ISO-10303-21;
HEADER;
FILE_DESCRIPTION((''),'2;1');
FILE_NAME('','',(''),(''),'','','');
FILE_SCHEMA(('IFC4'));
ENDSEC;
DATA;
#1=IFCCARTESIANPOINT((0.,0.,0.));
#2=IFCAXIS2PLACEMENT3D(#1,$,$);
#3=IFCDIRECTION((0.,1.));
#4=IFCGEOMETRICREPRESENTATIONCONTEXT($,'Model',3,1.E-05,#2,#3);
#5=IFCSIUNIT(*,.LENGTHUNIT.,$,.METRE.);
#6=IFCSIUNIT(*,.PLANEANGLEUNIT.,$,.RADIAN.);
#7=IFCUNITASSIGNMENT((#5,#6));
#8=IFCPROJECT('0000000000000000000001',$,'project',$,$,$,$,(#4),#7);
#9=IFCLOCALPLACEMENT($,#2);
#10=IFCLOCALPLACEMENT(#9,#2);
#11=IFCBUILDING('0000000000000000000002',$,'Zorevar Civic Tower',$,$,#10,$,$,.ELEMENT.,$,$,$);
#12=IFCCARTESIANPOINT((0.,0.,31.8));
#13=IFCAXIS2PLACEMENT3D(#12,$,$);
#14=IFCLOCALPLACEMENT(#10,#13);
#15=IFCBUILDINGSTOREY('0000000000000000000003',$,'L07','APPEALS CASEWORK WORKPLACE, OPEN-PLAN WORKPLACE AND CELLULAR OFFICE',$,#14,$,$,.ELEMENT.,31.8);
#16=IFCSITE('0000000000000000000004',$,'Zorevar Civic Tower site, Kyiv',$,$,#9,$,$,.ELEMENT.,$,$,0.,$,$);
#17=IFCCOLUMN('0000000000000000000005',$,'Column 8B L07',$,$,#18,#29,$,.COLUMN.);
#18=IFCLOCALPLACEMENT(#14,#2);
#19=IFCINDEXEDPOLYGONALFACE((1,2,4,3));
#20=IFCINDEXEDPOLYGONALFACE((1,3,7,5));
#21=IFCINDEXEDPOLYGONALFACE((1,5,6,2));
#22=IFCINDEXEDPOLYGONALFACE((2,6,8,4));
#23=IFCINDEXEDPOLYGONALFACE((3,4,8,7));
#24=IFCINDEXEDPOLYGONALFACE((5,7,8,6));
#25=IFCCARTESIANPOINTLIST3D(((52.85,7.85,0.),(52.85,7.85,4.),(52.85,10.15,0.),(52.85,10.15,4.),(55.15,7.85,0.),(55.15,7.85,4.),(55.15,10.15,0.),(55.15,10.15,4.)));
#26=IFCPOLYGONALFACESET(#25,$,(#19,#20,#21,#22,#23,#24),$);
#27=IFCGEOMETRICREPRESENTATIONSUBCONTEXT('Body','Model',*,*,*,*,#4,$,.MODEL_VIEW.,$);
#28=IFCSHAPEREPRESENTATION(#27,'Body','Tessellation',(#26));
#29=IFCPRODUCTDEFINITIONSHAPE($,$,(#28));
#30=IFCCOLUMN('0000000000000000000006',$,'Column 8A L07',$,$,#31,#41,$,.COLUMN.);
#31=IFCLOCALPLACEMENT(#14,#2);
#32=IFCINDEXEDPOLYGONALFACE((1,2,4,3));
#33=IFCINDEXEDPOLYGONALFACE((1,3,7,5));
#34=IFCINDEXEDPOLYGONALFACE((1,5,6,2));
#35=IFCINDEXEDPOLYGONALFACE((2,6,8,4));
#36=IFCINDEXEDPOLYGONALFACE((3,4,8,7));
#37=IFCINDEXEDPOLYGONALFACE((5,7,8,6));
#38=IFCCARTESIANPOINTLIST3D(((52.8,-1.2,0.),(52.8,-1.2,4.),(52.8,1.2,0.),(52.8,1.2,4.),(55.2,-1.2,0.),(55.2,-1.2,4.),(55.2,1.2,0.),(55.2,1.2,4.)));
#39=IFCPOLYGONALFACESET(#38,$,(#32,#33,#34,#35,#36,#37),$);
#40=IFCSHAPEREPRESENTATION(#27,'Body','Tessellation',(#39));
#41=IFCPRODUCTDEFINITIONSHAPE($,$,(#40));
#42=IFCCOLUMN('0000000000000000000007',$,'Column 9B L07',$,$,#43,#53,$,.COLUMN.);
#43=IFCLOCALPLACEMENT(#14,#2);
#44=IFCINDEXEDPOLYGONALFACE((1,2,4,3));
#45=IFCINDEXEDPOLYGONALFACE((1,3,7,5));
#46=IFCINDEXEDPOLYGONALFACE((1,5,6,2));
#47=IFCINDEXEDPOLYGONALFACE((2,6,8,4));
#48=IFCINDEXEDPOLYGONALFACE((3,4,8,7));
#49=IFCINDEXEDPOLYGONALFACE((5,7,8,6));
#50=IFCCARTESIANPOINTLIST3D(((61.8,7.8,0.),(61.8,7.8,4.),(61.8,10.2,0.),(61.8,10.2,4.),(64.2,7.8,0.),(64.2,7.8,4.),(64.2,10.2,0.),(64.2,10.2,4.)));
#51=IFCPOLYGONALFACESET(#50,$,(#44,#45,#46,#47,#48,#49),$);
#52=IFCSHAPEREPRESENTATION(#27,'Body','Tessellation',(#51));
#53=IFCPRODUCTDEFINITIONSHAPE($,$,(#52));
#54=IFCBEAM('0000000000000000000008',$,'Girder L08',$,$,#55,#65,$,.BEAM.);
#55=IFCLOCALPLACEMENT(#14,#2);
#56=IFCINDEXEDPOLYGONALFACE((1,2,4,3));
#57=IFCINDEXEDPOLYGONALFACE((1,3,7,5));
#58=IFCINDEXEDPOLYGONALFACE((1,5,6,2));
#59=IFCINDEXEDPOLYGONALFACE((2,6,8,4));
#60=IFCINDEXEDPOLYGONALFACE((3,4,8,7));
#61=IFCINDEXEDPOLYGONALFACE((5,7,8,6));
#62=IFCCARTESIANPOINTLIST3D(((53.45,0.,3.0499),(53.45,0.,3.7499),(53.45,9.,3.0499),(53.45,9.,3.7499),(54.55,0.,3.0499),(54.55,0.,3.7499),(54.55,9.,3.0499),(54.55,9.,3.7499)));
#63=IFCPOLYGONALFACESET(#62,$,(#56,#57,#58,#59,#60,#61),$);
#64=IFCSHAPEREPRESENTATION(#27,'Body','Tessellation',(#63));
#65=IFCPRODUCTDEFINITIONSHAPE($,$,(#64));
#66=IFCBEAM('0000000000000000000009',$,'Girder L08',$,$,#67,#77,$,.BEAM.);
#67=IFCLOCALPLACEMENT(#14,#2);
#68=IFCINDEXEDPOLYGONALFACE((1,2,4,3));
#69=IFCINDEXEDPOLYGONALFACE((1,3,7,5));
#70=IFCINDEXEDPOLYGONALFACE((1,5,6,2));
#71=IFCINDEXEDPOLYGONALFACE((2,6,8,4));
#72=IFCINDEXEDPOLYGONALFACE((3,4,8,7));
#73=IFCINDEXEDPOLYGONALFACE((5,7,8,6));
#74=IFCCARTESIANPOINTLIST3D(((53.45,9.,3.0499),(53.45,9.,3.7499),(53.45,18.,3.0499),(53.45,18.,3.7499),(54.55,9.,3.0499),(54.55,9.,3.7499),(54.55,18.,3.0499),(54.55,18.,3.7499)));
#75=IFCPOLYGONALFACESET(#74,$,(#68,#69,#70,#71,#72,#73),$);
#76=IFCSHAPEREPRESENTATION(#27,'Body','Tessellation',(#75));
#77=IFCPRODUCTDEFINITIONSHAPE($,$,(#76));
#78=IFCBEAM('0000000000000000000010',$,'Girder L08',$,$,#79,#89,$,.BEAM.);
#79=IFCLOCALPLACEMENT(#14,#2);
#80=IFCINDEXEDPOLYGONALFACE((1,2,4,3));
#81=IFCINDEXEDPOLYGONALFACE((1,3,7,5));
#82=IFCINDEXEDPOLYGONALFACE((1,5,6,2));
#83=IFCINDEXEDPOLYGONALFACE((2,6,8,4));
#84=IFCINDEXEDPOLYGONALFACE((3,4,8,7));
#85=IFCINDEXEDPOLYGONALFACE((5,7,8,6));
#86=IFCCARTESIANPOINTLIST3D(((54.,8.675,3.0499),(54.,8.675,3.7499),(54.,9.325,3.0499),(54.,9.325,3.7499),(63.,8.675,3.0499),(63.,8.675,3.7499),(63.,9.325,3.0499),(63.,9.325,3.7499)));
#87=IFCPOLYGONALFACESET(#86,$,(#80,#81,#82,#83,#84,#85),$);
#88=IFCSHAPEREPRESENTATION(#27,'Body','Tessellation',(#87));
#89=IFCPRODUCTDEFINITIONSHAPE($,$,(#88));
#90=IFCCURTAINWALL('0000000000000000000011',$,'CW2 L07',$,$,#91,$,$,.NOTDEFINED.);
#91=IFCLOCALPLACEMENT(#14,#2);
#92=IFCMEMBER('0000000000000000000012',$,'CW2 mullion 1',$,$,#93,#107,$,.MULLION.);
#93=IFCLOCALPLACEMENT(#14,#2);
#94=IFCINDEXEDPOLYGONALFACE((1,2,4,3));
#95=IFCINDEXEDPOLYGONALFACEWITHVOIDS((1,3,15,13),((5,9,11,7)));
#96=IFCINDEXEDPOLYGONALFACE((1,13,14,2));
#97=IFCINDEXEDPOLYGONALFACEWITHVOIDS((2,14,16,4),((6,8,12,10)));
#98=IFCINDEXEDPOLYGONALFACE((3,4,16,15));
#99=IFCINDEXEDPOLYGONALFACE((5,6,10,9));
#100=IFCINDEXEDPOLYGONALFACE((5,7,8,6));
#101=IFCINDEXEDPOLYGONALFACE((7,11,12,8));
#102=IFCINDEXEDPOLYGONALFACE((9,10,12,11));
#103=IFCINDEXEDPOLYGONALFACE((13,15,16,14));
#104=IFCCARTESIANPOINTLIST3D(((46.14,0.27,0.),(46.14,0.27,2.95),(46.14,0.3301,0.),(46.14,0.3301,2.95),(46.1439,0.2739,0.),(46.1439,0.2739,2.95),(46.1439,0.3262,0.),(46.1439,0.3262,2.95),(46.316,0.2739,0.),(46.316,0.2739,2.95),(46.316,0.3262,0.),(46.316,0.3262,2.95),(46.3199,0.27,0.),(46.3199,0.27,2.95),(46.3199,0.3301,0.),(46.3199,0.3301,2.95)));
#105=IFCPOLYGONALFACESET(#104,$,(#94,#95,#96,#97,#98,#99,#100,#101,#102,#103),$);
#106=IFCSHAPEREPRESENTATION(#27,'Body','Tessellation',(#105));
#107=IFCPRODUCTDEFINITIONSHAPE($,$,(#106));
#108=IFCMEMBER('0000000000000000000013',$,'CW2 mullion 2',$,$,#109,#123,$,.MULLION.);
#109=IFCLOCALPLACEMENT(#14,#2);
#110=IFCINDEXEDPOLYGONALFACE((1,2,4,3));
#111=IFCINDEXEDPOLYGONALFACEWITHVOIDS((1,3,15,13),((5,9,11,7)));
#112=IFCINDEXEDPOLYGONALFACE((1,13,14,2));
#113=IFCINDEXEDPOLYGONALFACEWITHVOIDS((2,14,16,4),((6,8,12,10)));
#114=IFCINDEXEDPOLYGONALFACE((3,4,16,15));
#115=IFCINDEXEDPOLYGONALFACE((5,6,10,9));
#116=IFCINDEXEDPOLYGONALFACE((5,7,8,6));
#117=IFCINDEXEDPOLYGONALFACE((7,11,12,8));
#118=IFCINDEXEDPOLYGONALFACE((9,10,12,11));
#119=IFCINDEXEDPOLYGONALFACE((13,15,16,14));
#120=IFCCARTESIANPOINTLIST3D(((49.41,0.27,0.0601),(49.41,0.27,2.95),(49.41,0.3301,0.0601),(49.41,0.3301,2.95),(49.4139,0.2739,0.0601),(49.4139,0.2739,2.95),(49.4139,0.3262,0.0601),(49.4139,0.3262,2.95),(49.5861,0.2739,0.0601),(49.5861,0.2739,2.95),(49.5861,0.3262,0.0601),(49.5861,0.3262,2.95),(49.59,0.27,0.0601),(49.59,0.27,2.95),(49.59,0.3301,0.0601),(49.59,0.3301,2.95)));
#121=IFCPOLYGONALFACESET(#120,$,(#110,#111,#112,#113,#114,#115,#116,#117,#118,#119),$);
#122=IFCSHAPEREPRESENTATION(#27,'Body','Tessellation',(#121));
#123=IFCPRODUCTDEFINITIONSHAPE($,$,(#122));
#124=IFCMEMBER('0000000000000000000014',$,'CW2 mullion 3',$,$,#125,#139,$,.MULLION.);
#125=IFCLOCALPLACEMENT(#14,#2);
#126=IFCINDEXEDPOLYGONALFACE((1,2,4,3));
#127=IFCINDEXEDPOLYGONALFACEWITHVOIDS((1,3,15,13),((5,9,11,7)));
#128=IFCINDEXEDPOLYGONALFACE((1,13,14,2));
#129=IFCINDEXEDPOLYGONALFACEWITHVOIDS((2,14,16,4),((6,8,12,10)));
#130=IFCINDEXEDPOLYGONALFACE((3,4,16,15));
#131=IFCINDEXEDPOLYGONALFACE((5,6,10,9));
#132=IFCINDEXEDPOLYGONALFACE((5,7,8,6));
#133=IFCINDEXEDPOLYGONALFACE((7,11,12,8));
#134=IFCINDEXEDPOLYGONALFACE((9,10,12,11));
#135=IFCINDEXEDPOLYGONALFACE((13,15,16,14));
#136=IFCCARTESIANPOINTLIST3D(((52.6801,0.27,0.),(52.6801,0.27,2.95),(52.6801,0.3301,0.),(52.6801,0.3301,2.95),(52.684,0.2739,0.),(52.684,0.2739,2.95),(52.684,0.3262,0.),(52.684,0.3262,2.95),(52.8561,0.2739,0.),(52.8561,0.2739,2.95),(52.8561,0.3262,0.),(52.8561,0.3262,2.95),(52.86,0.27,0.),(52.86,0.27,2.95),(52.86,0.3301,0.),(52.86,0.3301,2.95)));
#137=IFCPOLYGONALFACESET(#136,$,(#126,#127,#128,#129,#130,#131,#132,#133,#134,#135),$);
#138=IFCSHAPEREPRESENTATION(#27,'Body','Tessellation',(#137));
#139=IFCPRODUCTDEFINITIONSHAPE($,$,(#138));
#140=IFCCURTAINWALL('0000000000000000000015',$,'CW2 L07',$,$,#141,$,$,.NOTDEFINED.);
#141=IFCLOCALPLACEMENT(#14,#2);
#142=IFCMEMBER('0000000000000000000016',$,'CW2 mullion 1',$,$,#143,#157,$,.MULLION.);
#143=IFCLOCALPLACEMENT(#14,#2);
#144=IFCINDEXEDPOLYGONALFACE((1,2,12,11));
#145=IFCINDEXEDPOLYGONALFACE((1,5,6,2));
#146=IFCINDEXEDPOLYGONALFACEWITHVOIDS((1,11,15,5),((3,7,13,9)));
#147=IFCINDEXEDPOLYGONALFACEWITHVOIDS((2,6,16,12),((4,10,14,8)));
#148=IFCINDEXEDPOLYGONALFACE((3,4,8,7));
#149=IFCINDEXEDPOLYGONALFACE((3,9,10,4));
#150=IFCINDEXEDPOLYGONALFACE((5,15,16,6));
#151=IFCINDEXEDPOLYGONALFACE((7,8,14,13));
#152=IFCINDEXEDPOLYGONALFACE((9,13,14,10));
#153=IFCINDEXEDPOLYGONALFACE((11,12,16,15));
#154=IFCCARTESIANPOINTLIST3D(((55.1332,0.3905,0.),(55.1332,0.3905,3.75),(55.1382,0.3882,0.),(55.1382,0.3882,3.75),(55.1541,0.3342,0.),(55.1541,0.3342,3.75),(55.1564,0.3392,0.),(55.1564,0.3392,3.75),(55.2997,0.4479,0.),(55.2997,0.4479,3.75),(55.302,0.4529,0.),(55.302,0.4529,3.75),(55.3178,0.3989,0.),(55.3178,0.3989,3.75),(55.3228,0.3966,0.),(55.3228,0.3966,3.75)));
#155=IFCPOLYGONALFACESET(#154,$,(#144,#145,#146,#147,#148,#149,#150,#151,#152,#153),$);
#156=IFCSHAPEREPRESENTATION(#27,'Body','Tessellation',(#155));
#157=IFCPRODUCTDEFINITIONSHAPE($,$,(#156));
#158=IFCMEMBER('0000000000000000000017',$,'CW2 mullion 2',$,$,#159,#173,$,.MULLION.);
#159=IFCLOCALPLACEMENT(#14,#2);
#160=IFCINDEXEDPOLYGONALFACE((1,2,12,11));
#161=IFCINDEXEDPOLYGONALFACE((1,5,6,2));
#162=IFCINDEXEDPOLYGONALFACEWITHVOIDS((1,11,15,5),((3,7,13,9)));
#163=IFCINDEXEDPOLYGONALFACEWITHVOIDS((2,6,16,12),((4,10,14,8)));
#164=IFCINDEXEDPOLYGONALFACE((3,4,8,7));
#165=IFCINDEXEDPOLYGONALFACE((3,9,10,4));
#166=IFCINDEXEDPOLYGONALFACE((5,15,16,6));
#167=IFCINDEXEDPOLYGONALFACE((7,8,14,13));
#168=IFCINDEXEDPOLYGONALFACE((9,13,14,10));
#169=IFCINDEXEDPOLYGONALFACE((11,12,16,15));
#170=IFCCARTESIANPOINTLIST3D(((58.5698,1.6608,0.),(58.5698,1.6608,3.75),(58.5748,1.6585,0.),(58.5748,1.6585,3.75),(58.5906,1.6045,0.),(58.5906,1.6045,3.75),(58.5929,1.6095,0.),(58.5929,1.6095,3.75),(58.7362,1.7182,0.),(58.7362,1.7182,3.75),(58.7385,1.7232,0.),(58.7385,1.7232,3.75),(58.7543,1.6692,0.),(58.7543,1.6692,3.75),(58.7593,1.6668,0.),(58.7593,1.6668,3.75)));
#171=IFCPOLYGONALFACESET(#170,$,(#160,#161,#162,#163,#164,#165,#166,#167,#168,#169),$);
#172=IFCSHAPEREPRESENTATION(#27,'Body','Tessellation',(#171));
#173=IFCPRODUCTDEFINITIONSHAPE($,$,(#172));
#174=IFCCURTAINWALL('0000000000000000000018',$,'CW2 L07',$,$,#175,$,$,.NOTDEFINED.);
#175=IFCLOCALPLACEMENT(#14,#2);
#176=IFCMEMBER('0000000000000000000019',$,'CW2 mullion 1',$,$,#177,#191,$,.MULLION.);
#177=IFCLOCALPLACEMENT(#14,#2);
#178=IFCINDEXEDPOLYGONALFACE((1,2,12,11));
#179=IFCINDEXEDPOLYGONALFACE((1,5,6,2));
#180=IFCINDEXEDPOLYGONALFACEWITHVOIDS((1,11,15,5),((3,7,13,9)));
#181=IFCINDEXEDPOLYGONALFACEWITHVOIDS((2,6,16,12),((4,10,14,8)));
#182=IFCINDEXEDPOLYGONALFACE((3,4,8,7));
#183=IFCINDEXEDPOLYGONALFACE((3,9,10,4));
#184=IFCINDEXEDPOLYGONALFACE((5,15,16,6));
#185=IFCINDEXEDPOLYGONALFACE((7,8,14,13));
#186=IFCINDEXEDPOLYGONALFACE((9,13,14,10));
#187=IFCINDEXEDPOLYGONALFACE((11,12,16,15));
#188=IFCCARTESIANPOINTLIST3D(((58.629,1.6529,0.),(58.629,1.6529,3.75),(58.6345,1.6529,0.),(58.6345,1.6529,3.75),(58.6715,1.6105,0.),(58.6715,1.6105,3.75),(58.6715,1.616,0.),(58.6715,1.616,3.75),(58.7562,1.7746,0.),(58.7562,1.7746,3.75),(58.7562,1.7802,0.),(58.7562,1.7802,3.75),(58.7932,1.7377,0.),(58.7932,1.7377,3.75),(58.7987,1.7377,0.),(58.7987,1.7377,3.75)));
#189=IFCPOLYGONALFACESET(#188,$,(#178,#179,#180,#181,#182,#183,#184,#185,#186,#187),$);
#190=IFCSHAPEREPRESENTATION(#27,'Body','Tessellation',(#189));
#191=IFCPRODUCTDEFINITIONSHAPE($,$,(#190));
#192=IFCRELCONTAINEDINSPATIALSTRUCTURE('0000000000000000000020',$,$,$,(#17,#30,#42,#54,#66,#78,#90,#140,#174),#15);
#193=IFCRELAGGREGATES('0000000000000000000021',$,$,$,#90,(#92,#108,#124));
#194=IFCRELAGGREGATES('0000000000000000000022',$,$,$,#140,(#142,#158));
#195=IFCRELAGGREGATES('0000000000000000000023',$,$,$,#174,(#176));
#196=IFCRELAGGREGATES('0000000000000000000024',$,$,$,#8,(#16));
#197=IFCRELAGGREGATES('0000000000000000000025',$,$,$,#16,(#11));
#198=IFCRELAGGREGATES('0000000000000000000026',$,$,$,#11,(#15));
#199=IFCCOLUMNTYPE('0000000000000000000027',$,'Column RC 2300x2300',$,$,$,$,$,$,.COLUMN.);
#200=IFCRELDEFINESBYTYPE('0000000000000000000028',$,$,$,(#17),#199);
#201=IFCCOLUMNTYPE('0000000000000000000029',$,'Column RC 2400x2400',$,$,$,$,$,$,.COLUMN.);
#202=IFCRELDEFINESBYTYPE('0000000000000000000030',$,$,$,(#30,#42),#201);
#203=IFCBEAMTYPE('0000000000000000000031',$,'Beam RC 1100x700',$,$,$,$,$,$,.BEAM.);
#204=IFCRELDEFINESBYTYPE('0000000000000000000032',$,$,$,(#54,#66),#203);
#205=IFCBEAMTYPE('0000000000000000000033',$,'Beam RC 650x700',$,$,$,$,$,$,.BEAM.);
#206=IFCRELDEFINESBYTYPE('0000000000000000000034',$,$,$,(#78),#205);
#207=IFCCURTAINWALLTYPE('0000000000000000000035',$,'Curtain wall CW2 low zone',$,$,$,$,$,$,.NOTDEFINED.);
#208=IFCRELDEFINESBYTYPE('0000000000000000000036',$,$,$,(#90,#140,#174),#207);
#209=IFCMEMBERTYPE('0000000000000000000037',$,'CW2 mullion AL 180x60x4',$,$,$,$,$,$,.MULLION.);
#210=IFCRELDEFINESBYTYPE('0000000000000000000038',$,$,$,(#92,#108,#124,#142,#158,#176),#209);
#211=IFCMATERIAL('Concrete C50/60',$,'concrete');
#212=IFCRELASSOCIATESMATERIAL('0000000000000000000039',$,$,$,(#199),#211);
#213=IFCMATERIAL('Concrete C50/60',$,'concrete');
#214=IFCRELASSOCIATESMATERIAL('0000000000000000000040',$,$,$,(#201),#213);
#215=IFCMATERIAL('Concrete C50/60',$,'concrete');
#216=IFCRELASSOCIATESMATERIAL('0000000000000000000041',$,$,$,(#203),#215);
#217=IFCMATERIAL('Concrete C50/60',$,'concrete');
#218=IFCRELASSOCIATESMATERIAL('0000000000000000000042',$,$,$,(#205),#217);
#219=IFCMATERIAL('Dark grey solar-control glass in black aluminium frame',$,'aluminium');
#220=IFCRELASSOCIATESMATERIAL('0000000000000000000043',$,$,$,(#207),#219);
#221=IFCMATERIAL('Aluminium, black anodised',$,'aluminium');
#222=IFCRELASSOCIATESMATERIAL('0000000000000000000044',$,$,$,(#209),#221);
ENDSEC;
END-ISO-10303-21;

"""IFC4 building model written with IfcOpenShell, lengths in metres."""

from ifc_helpers import new_model, si_unit, direction, frame, origin, origin_2d, place, context, subcontext, project, spatial, rectangle, hollow_rectangle, extrude, material, material_profile, profile_set, type_object, element, aggregate, save


model = new_model("IFC4")

# Units and contexts
model_context = context("Model", 3, precision=1e-05, world=origin(), true_north=direction((0.0, 1.0)))
body_context = subcontext(model_context, "Body", "Model", "MODEL_VIEW")
ifc_project = project(units=[si_unit("LENGTHUNIT", "METRE"), si_unit("PLANEANGLEUNIT", "RADIAN")], contexts=[model_context])

# Site, building, storey
site_placement = place(None, origin())
site = spatial("IfcSite", under=ifc_project, at=site_placement, Name="Zorevar Civic Tower site, Kyiv", CompositionType="ELEMENT", RefElevation=0.0)
building_placement = place(site_placement, origin())
building = spatial("IfcBuilding", under=site, at=building_placement, Name="Zorevar Civic Tower", CompositionType="ELEMENT")
storey_placement = place(building_placement, frame((0.0, 0.0, 31.8)))
storey = spatial("IfcBuildingStorey", under=building, at=storey_placement, Name="L07", Description="APPEALS CASEWORK WORKPLACE, OPEN-PLAN WORKPLACE AND CELLULAR OFFICE", CompositionType="ELEMENT", Elevation=31.8)

# Columns
ifc_material_1 = material(Name="Concrete C50/60", Category="concrete")
ifc_material_profile_1 = material_profile(ifc_material_1, rectangle(XDim=2.3, YDim=2.3, at=origin_2d()), Name="RC 2300x2300")
ifc_profile_set_1 = profile_set([ifc_material_profile_1], Name="Concrete C50/60")
column_type_1 = type_object("IfcColumnType", Name="Column RC 2300x2300", PredefinedType="COLUMN", material=ifc_profile_set_1)
column_placement = place(storey_placement, frame((54.0, 9.0, 0.0), z_axis=(0.0, 0.0, 1.0), x_axis=(1.0, 0.0, 0.0)))
element("IfcColumn", 1, at=column_placement, inside=storey, type_object=column_type_1, Name="Column 8B L07", PredefinedType="COLUMN", context=body_context, shape_type="SweptSolid", body=[
    extrude(rectangle(XDim=2.3, YDim=2.3, at=origin_2d()), origin(), (0.0, 0.0, 1.0), 4.0),
])
ifc_material_2 = material(Name="Concrete C50/60", Category="concrete")
ifc_material_profile_2 = material_profile(ifc_material_2, rectangle(XDim=2.3999, YDim=2.3999, at=origin_2d()), Name="RC 2400x2400")
ifc_profile_set_2 = profile_set([ifc_material_profile_2], Name="Concrete C50/60")
column_type_2 = type_object("IfcColumnType", Name="Column RC 2400x2400", PredefinedType="COLUMN", material=ifc_profile_set_2)
for number, where, z_axis, x_axis, name in (
    (2, (54.0, 0.0, 0.0), (0.0, 0.0, 1.0), (1.0, 0.0, 0.0), "Column 8A L07"),
    (3, (63.0, 9.0, 0.0), (0.0, 0.0, 1.0), (1.0, 0.0, 0.0), "Column 9B L07"),
):
    element("IfcColumn", number, at=place(storey_placement, frame(where, z_axis=z_axis, x_axis=x_axis)), inside=storey, type_object=column_type_2, Name=name, PredefinedType="COLUMN", context=body_context, shape_type="SweptSolid", body=[
        extrude(rectangle(XDim=2.3999, YDim=2.3999, at=origin_2d()), origin(), (0.0, 0.0, 1.0), 4.0),
    ])

# Beams
ifc_material_3 = material(Name="Concrete C50/60", Category="concrete")
ifc_material_profile_3 = material_profile(ifc_material_3, rectangle(XDim=1.1001, YDim=0.7, at=origin_2d()), Name="RC 1100x700")
ifc_profile_set_3 = profile_set([ifc_material_profile_3], Name="Concrete C50/60")
beam_type_1 = type_object("IfcBeamType", Name="Beam RC 1100x700", PredefinedType="BEAM", material=ifc_profile_set_3)
for number, where, z_axis, x_axis, name in (
    (4, (54.0, 0.0, 3.3999), (0.0, 1.0, 0.0), (-1.0, 0.0, 0.0), "Girder L08"),
    (5, (54.0, 9.0, 3.3999), (0.0, 1.0, 0.0), (-1.0, 0.0, 0.0), "Girder L08"),
):
    element("IfcBeam", number, at=place(storey_placement, frame(where, z_axis=z_axis, x_axis=x_axis)), inside=storey, type_object=beam_type_1, Name=name, PredefinedType="BEAM", context=body_context, shape_type="SweptSolid", body=[
        extrude(rectangle(XDim=1.1001, YDim=0.7, at=origin_2d()), origin(), (0.0, 0.0, 1.0), 9.0),
    ])
ifc_material_4 = material(Name="Concrete C50/60", Category="concrete")
ifc_material_profile_4 = material_profile(ifc_material_4, rectangle(XDim=0.6499, YDim=0.7, at=origin_2d()), Name="RC 650x700")
ifc_profile_set_4 = profile_set([ifc_material_profile_4], Name="Concrete C50/60")
beam_type_2 = type_object("IfcBeamType", Name="Beam RC 650x700", PredefinedType="BEAM", material=ifc_profile_set_4)
beam_1_placement = place(storey_placement, frame((54.0, 9.0, 3.3999), z_axis=(1.0, 0.0, 0.0), x_axis=(0.0, 1.0, 0.0)))
element("IfcBeam", 6, at=beam_1_placement, inside=storey, type_object=beam_type_2, Name="Girder L08", PredefinedType="BEAM", context=body_context, shape_type="SweptSolid", body=[
    extrude(rectangle(XDim=0.6499, YDim=0.7, at=origin_2d()), origin(), (0.0, 0.0, 1.0), 9.0),
])

# Curtain walls, members
ifc_material_5 = material(Name="Dark grey solar-control glass in black aluminium frame", Category="aluminium")
curtain_wall_type = type_object("IfcCurtainWallType", Name="Curtain wall CW2 low zone", PredefinedType="NOTDEFINED", material=ifc_material_5)
curtain_wall_1_placement = place(storey_placement, origin())
curtain_wall_1 = element("IfcCurtainWall", 7, at=curtain_wall_1_placement, inside=storey, type_object=curtain_wall_type, Name="CW2 L07", PredefinedType="NOTDEFINED")
ifc_material_6 = material(Name="Aluminium, black anodised", Category="aluminium")
ifc_material_profile_5 = material_profile(ifc_material_6, hollow_rectangle(XDim=0.0601, YDim=0.1799, WallThickness=0.0039, at=origin_2d()), Name="AL 180x60x4")
ifc_profile_set_5 = profile_set([ifc_material_profile_5], Name="Aluminium, black anodised")
member_type_1 = type_object("IfcMemberType", Name="CW2 mullion AL 180x60x4", PredefinedType="MULLION", material=ifc_profile_set_5)
member_1_placement = place(storey_placement, frame((46.23, 0.3, 0.0), z_axis=(0.0, 0.0, 1.0), x_axis=(0.0, 1.0, 0.0)))
member_1 = element("IfcMember", 8, at=member_1_placement, type_object=member_type_1, Name="CW2 mullion 1", PredefinedType="MULLION", context=body_context, shape_type="SweptSolid", body=[
    extrude(hollow_rectangle(XDim=0.0601, YDim=0.1799, WallThickness=0.0039, at=origin_2d()), origin(), (0.0, 0.0, 1.0), 2.95),
])
member_2_placement = place(storey_placement, frame((49.5, 0.3, 0.0601), z_axis=(0.0, 0.0, 1.0), x_axis=(0.0, 1.0, 0.0)))
member_2 = element("IfcMember", 9, at=member_2_placement, type_object=member_type_1, Name="CW2 mullion 2", PredefinedType="MULLION", context=body_context, shape_type="SweptSolid", body=[
    extrude(hollow_rectangle(XDim=0.0601, YDim=0.1799, WallThickness=0.0039, at=origin_2d()), origin(), (0.0, 0.0, 1.0), 2.8899),
])
member_3_placement = place(storey_placement, frame((52.77, 0.3, 0.0), z_axis=(0.0, 0.0, 1.0), x_axis=(0.0, 1.0, 0.0)))
member_3 = element("IfcMember", 10, at=member_3_placement, type_object=member_type_1, Name="CW2 mullion 3", PredefinedType="MULLION", context=body_context, shape_type="SweptSolid", body=[
    extrude(hollow_rectangle(XDim=0.0601, YDim=0.1799, WallThickness=0.0039, at=origin_2d()), origin(), (0.0, 0.0, 1.0), 2.95),
])
curtain_wall_2_placement = place(storey_placement, origin())
curtain_wall_2 = element("IfcCurtainWall", 11, at=curtain_wall_2_placement, inside=storey, type_object=curtain_wall_type, Name="CW2 L07", PredefinedType="NOTDEFINED")
member_4_placement = place(storey_placement, frame((55.228, 0.3936, 0.0), z_axis=(0.0, 0.0, 1.0), x_axis=(-0.346704, 0.937975, 0.0)))
member_4 = element("IfcMember", 12, at=member_4_placement, type_object=member_type_1, Name="CW2 mullion 1", PredefinedType="MULLION", context=body_context, shape_type="SweptSolid", body=[
    extrude(hollow_rectangle(XDim=0.0601, YDim=0.1799, WallThickness=0.0039, at=origin_2d()), origin(), (0.0, 0.0, 1.0), 3.75),
])
member_5_placement = place(storey_placement, frame((58.6646, 1.6638, 0.0), z_axis=(0.0, 0.0, 1.0), x_axis=(-0.346704, 0.937975, 0.0)))
member_5 = element("IfcMember", 13, at=member_5_placement, type_object=member_type_1, Name="CW2 mullion 2", PredefinedType="MULLION", context=body_context, shape_type="SweptSolid", body=[
    extrude(hollow_rectangle(XDim=0.0601, YDim=0.1799, WallThickness=0.0039, at=origin_2d()), origin(), (0.0, 0.0, 1.0), 3.75),
])
curtain_wall_3_placement = place(storey_placement, origin())
curtain_wall_3 = element("IfcCurtainWall", 14, at=curtain_wall_3_placement, inside=storey, type_object=curtain_wall_type, Name="CW2 L07", PredefinedType="NOTDEFINED")
member_6_placement = place(storey_placement, frame((58.7139, 1.6953, 0.0), z_axis=(0.0, 0.0, 1.0), x_axis=(-0.707107, 0.707107, 0.0)))
member_6 = element("IfcMember", 15, at=member_6_placement, type_object=member_type_1, Name="CW2 mullion 1", PredefinedType="MULLION", context=body_context, shape_type="SweptSolid", body=[
    extrude(hollow_rectangle(XDim=0.0601, YDim=0.1799, WallThickness=0.0039, at=origin_2d()), origin(), (0.0, 0.0, 1.0), 3.75),
])

aggregate(curtain_wall_1, [member_1, member_2, member_3])
aggregate(curtain_wall_2, [member_4, member_5])
aggregate(curtain_wall_3, [member_6])

save(model, "model.ifc")
